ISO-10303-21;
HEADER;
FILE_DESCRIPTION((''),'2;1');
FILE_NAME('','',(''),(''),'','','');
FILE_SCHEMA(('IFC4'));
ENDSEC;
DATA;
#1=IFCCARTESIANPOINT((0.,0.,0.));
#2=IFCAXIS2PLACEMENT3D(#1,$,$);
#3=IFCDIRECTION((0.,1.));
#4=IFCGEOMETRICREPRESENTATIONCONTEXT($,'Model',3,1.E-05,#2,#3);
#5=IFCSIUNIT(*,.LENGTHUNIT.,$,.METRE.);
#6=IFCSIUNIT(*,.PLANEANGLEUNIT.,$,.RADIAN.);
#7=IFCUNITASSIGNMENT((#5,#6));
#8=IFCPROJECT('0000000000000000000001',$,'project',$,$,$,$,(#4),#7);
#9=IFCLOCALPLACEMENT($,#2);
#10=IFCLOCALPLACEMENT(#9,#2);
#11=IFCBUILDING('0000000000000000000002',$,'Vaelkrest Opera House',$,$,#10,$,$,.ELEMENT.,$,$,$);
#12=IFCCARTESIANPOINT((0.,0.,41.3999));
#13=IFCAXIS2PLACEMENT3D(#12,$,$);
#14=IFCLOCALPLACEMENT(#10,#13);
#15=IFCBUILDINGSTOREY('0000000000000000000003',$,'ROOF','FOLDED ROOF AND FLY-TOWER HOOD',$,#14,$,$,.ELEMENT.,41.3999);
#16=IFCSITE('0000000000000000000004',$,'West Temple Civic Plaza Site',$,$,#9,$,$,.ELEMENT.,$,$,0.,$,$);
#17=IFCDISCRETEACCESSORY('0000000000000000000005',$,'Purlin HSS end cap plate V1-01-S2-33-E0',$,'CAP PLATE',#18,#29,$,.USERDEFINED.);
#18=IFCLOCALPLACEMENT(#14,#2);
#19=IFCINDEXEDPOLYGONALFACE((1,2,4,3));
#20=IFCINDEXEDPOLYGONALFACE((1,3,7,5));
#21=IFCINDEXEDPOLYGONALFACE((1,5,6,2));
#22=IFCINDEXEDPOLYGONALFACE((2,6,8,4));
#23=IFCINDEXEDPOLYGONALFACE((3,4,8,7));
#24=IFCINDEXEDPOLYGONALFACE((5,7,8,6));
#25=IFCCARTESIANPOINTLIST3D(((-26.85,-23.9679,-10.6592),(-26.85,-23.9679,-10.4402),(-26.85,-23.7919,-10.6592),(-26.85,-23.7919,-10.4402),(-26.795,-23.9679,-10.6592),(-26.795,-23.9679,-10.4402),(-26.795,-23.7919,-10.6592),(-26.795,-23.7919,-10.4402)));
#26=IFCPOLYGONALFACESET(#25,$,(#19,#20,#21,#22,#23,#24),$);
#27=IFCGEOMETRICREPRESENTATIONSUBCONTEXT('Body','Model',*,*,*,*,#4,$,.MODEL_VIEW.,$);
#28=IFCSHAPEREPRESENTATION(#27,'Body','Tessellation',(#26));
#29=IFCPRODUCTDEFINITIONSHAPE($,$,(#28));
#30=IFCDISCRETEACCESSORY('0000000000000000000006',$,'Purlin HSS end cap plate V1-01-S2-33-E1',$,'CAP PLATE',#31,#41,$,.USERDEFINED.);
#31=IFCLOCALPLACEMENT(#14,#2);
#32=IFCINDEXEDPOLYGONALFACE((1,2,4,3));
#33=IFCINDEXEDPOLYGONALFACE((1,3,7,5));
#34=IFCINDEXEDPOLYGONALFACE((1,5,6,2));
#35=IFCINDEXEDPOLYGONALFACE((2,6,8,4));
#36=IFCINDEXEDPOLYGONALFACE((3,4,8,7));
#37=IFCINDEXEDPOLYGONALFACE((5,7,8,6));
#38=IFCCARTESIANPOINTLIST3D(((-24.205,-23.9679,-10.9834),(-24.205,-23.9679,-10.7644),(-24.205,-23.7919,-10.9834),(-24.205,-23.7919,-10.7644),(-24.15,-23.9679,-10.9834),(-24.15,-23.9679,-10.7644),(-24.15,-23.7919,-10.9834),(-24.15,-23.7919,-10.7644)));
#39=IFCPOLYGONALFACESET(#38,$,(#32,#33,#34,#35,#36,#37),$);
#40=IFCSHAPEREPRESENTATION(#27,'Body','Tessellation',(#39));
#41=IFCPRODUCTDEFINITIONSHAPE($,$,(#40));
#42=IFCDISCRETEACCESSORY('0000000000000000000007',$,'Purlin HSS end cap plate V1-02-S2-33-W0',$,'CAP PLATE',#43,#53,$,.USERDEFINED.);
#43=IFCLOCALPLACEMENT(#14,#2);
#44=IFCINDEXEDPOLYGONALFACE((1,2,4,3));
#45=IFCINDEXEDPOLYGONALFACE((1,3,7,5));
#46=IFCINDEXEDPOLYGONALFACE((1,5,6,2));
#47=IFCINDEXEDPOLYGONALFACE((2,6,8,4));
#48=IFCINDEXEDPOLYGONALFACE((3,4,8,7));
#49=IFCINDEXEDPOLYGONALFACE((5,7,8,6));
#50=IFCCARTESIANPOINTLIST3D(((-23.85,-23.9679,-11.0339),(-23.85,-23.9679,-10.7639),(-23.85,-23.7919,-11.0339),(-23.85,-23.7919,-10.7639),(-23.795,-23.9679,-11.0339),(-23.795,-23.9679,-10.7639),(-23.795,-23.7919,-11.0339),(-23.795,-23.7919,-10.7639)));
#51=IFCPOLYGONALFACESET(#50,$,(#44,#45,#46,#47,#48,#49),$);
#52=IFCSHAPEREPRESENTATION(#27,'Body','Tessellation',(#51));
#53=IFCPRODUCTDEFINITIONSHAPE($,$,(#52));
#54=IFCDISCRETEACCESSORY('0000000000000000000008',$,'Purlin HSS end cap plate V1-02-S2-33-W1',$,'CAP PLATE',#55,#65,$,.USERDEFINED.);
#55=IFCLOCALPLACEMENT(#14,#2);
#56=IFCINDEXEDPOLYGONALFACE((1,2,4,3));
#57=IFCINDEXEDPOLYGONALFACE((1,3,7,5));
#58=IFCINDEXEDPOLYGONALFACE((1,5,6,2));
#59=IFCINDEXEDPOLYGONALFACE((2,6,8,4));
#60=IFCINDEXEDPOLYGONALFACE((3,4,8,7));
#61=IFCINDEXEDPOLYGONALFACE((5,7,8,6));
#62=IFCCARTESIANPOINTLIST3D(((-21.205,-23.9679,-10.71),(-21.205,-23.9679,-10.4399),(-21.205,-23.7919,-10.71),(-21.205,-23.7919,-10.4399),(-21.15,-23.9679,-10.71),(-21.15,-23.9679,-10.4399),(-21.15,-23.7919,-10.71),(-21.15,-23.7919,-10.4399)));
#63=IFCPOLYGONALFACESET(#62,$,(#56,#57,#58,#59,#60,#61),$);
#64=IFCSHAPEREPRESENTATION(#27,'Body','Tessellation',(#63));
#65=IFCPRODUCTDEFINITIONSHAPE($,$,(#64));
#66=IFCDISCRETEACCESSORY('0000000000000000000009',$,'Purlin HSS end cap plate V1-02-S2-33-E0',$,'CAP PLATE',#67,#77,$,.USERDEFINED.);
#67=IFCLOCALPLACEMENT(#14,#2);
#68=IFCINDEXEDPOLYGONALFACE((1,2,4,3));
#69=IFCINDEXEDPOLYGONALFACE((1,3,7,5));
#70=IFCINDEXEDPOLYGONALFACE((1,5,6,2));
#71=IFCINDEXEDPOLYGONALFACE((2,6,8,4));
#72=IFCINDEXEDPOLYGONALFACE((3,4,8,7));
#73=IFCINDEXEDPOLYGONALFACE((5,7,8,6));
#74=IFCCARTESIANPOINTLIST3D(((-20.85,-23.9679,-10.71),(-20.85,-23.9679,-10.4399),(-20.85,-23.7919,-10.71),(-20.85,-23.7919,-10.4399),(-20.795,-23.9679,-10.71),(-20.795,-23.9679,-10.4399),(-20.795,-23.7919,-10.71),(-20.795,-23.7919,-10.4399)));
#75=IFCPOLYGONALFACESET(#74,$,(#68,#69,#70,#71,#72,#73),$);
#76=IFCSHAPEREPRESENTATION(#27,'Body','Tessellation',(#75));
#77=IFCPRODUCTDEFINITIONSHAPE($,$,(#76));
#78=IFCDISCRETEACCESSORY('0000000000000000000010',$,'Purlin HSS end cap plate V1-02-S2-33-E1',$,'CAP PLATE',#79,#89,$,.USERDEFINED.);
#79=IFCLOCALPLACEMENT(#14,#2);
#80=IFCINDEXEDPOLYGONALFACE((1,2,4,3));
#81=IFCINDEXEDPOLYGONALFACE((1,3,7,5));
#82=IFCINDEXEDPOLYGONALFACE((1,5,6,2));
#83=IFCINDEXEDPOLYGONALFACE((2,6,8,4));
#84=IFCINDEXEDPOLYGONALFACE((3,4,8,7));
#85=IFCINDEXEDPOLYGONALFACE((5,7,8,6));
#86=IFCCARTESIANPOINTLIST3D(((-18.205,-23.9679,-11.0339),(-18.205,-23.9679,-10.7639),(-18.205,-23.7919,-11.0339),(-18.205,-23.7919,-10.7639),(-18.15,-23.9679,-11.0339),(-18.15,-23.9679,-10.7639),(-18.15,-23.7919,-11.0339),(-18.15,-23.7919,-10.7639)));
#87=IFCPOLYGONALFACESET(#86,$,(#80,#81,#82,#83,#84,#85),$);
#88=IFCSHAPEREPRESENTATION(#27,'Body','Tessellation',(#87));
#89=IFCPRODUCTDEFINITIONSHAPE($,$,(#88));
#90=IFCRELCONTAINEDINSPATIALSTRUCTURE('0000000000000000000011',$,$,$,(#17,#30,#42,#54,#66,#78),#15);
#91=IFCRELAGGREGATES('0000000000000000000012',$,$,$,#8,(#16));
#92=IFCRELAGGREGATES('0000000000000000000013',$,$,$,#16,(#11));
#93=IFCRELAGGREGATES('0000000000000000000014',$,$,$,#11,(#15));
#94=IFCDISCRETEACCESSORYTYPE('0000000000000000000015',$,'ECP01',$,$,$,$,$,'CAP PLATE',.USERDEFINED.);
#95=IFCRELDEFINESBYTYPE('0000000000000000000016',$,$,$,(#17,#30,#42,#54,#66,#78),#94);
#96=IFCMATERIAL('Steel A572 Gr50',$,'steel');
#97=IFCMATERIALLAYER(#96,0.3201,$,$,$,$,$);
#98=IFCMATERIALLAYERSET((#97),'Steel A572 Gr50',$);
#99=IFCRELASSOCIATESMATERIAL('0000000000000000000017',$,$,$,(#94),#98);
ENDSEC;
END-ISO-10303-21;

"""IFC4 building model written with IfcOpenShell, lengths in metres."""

from ifc_helpers import new_model, si_unit, direction, frame, origin, origin_2d, place, context, subcontext, project, spatial, rectangle, extrude, material, layer, layer_set, type_object, element, save


model = new_model("IFC4")

# Units and contexts
model_context = context("Model", 3, precision=1e-05, world=origin(), true_north=direction((0.0, 1.0)))
body_context = subcontext(model_context, "Body", "Model", "MODEL_VIEW")
ifc_project = project(units=[si_unit("LENGTHUNIT", "METRE"), si_unit("PLANEANGLEUNIT", "RADIAN")], contexts=[model_context])

# Site, building, storey
site_placement = place(None, origin())
site = spatial("IfcSite", under=ifc_project, at=site_placement, Name="West Temple Civic Plaza Site", CompositionType="ELEMENT", RefElevation=0.0)
building_placement = place(site_placement, origin())
building = spatial("IfcBuilding", under=site, at=building_placement, Name="Vaelkrest Opera House", CompositionType="ELEMENT")
storey_placement = place(building_placement, frame((0.0, 0.0, 41.3999)))
storey = spatial("IfcBuildingStorey", under=building, at=storey_placement, Name="ROOF", Description="FOLDED ROOF AND FLY-TOWER HOOD", CompositionType="ELEMENT", Elevation=41.3999)

# Shared definitions
ifc_material_1 = material(Name="Steel A572 Gr50", Category="steel")

# Discrete accessories
ifc_layer_1 = layer(ifc_material_1, 0.3201)
ifc_layer_set_1 = layer_set([ifc_layer_1], Name="Steel A572 Gr50")
discrete_accessory_type = type_object("IfcDiscreteAccessoryType", Name="ECP01", ElementType="CAP PLATE", PredefinedType="USERDEFINED", material=ifc_layer_set_1)
for number, where, z_axis, x_axis, name in (
    (1, (-26.8225, -23.8799, -10.6592), (0.0, 0.0, 1.0), (1.0, 0.0, 0.0), "Purlin HSS end cap plate V1-01-S2-33-E0"),
    (2, (-24.1775, -23.8799, -10.9834), (0.0, 0.0, 1.0), (1.0, 0.0, 0.0), "Purlin HSS end cap plate V1-01-S2-33-E1"),
):
    element("IfcDiscreteAccessory", number, at=place(storey_placement, frame(where, z_axis=z_axis, x_axis=x_axis)), inside=storey, type_object=discrete_accessory_type, Name=name, ObjectType="CAP PLATE", PredefinedType="USERDEFINED", context=body_context, shape_type="SweptSolid", body=[
        extrude(rectangle(XDim=0.0549, YDim=0.176, at=origin_2d()), origin(), (0.0, 0.0, 1.0), 0.219),
    ])
for number, where, z_axis, x_axis, name in (
    (3, (-23.8225, -23.8799, -11.0339), (0.0, 0.0, 1.0), (1.0, 0.0, 0.0), "Purlin HSS end cap plate V1-02-S2-33-W0"),
    (4, (-21.1775, -23.8799, -10.71), (0.0, 0.0, 1.0), (1.0, 0.0, 0.0), "Purlin HSS end cap plate V1-02-S2-33-W1"),
    (5, (-20.8225, -23.8799, -10.71), (0.0, 0.0, 1.0), (1.0, 0.0, 0.0), "Purlin HSS end cap plate V1-02-S2-33-E0"),
    (6, (-18.1775, -23.8799, -11.0339), (0.0, 0.0, 1.0), (1.0, 0.0, 0.0), "Purlin HSS end cap plate V1-02-S2-33-E1"),
):
    element("IfcDiscreteAccessory", number, at=place(storey_placement, frame(where, z_axis=z_axis, x_axis=x_axis)), inside=storey, type_object=discrete_accessory_type, Name=name, ObjectType="CAP PLATE", PredefinedType="USERDEFINED", context=body_context, shape_type="SweptSolid", body=[
        extrude(rectangle(XDim=0.0549, YDim=0.176, at=origin_2d()), origin(), (0.0, 0.0, 1.0), 0.27),
    ])

save(model, "model.ifc")
